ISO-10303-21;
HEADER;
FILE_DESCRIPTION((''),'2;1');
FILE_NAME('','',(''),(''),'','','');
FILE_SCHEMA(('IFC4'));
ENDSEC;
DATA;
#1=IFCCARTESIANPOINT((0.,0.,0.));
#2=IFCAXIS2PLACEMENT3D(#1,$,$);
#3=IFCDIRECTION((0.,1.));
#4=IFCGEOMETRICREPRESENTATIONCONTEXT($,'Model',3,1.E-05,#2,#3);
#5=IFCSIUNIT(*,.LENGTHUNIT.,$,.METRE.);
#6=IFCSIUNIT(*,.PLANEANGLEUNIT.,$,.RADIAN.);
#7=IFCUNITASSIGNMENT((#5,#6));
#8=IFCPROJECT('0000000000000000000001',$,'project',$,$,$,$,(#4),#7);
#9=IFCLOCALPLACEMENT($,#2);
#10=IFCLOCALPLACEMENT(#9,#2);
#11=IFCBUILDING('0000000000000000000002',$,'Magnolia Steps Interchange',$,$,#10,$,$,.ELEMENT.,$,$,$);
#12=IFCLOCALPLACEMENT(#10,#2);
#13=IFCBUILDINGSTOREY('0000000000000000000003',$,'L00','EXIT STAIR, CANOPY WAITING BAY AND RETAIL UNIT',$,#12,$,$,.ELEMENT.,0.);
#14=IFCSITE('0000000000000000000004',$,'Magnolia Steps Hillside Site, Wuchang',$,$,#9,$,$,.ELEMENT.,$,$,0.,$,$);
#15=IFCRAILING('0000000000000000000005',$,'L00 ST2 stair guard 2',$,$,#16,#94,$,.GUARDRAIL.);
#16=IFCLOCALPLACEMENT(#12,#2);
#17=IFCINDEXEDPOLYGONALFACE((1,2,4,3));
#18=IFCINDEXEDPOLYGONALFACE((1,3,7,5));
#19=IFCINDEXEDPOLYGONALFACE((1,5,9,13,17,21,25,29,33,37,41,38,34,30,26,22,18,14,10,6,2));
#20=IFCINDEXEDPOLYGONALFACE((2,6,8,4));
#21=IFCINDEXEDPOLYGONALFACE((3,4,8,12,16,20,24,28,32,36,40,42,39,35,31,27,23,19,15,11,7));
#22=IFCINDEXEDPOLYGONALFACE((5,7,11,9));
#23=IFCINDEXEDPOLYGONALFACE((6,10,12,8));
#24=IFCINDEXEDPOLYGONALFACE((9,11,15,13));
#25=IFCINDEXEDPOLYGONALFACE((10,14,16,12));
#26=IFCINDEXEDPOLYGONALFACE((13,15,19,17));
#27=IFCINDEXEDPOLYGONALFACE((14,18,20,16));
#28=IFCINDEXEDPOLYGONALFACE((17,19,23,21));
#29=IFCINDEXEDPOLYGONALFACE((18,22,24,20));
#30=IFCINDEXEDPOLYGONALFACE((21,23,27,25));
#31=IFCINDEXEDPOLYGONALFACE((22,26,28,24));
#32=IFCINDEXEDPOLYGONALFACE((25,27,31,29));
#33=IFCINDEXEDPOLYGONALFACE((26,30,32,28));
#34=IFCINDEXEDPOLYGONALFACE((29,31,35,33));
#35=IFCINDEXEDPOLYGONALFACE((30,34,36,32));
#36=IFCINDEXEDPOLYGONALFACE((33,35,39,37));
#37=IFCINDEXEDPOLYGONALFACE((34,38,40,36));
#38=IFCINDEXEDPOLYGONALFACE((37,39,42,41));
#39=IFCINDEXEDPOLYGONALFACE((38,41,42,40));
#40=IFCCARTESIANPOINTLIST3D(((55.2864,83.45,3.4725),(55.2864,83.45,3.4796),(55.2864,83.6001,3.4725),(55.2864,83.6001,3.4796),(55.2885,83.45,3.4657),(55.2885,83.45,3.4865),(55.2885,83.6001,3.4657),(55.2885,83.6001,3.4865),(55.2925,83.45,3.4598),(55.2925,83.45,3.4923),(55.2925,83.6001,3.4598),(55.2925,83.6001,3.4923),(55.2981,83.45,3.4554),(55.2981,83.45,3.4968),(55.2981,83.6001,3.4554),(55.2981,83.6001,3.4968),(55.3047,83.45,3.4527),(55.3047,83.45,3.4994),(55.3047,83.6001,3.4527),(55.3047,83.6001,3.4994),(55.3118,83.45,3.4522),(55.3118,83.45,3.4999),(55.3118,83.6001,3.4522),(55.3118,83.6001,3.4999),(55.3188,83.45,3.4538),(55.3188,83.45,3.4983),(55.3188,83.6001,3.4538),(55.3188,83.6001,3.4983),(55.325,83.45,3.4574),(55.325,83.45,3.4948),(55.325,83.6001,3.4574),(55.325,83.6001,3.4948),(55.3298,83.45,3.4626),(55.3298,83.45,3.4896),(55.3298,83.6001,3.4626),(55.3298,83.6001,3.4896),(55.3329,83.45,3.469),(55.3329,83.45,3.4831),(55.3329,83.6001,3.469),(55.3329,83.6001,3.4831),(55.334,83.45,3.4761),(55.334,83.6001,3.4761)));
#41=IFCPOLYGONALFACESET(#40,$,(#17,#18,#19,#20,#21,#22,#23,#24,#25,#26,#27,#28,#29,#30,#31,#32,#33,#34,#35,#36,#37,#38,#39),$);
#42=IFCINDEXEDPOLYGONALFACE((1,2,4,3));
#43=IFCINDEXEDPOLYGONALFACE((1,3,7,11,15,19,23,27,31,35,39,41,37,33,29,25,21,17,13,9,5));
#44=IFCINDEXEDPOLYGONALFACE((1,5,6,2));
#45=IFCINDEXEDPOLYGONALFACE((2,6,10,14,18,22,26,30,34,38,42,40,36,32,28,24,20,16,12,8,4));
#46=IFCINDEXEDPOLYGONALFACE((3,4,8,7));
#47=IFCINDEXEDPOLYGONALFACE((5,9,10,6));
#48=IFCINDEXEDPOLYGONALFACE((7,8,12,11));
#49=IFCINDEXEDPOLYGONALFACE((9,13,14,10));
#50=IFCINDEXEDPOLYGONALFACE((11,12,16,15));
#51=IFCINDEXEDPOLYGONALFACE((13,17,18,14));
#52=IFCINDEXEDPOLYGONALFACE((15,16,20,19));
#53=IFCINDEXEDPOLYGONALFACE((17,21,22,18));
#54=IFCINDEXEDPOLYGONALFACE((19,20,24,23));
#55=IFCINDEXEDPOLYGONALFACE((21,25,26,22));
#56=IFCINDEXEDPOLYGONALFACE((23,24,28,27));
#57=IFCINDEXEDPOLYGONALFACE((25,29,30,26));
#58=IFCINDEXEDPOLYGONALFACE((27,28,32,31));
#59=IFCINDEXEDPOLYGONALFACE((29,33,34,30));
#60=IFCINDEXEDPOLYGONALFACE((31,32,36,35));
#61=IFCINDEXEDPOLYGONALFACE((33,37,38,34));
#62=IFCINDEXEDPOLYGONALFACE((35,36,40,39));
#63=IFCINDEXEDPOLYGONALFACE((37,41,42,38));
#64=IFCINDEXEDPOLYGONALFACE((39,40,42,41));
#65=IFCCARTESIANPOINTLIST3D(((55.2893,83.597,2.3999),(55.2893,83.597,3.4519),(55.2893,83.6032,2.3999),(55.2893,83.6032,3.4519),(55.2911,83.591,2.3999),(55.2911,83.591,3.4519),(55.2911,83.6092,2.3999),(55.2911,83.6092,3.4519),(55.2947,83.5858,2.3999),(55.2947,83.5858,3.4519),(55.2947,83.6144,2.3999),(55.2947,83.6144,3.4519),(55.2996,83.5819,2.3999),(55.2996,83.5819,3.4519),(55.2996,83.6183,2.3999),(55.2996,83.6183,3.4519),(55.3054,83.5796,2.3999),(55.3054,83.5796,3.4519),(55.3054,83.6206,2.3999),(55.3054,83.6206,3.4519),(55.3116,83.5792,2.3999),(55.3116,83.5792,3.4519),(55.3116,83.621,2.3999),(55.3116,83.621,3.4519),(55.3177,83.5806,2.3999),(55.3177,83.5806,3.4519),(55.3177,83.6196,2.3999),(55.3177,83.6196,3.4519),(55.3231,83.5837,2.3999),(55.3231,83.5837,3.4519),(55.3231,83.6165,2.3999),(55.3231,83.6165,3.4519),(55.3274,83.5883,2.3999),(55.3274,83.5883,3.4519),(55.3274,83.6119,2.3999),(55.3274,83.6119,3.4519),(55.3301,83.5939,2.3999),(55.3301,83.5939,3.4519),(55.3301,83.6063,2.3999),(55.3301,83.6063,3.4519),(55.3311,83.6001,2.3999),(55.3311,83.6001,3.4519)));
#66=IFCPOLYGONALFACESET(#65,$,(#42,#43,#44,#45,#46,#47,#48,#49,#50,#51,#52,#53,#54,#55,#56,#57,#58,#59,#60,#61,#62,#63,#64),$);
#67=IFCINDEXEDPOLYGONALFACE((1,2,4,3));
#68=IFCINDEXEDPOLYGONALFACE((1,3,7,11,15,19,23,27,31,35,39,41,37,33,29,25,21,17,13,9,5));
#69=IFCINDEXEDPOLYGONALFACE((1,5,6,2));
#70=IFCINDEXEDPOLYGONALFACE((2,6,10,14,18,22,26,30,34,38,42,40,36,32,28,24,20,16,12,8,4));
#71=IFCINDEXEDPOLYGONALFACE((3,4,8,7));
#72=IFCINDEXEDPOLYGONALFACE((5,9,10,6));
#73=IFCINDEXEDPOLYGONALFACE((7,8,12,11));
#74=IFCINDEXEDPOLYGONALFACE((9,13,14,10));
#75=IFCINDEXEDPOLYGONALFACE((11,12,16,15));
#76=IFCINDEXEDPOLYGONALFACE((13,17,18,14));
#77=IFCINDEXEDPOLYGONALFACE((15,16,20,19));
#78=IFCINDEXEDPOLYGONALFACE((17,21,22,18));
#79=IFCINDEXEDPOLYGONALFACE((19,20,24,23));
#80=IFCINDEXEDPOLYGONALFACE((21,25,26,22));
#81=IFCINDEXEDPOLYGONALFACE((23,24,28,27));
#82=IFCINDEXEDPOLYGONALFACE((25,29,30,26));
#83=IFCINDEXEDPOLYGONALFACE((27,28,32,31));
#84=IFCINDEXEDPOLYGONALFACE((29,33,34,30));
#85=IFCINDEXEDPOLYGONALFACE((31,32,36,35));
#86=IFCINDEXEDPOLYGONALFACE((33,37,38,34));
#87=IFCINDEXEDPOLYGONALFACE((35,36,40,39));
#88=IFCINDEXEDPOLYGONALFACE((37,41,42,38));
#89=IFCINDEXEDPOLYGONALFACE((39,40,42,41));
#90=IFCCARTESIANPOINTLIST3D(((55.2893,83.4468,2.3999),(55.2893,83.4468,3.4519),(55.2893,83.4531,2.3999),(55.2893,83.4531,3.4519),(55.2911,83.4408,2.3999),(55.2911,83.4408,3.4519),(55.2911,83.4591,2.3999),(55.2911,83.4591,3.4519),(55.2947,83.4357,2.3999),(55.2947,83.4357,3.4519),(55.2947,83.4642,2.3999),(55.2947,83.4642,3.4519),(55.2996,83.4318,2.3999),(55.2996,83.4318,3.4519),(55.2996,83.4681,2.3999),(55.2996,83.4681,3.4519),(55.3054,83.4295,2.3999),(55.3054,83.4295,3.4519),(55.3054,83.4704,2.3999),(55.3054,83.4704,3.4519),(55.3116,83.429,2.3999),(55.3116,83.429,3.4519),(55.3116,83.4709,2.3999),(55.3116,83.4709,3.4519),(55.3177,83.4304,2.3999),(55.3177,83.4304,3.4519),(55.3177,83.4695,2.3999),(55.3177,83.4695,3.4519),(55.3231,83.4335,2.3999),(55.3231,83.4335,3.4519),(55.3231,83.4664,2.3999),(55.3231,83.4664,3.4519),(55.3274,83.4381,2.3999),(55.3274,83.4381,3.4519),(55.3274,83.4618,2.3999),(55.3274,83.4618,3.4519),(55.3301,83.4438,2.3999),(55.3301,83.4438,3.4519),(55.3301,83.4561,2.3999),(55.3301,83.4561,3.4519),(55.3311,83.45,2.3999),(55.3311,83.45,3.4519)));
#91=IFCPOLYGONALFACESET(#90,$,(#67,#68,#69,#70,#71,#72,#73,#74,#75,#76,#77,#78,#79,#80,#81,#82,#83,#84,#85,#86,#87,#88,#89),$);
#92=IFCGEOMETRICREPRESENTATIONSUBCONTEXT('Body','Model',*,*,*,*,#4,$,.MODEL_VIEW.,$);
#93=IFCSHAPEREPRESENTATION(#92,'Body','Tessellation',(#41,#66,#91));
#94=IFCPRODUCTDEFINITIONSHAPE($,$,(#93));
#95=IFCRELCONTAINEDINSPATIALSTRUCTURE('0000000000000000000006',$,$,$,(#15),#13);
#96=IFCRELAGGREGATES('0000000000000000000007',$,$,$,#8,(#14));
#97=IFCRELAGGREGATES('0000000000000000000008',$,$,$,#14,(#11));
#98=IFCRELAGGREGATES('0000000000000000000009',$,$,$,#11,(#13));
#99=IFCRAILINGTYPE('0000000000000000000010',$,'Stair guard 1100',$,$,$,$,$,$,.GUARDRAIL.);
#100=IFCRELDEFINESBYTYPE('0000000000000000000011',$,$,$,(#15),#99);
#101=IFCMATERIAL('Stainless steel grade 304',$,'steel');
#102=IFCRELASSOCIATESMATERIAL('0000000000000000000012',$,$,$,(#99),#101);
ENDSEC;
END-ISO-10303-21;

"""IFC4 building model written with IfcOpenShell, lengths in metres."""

from ifc_helpers import new_model, si_unit, direction, frame, origin, origin_2d, place, context, subcontext, project, spatial, circle, extrude, material, type_object, element, save


model = new_model("IFC4")

# Units and contexts
model_context = context("Model", 3, precision=1e-05, world=origin(), true_north=direction((0.0, 1.0)))
body_context = subcontext(model_context, "Body", "Model", "MODEL_VIEW")
ifc_project = project(units=[si_unit("LENGTHUNIT", "METRE"), si_unit("PLANEANGLEUNIT", "RADIAN")], contexts=[model_context])

# Site, building, storey
site_placement = place(None, origin())
site = spatial("IfcSite", under=ifc_project, at=site_placement, Name="Magnolia Steps Hillside Site, Wuchang", CompositionType="ELEMENT", RefElevation=0.0)
building_placement = place(site_placement, origin())
building = spatial("IfcBuilding", under=site, at=building_placement, Name="Magnolia Steps Interchange", CompositionType="ELEMENT")
storey_placement = place(building_placement, origin())
storey = spatial("IfcBuildingStorey", under=building, at=storey_placement, Name="L00", Description="EXIT STAIR, CANOPY WAITING BAY AND RETAIL UNIT", CompositionType="ELEMENT", Elevation=0.0)

# Railing
ifc_material_1 = material(Name="Stainless steel grade 304", Category="steel")
railing_type_1 = type_object("IfcRailingType", Name="Stair guard 1100", PredefinedType="GUARDRAIL", material=ifc_material_1)
railing_1_placement = place(storey_placement, frame((55.3101, 83.6001, 2.3999)))
element("IfcRailing", 1, at=railing_1_placement, inside=storey, type_object=railing_type_1, Name="L00 ST2 stair guard 2", PredefinedType="GUARDRAIL", context=body_context, shape_type="SweptSolid", body=[
    extrude(circle(Radius=0.0239, at=origin_2d()), frame((0.0, 0.0, 1.0762), z_axis=(0.0, -1.0, 0.0), x_axis=(1.0, 0.0, 0.0)), (0.0, 0.0, 1.0), 0.1501),
    extrude(circle(Radius=0.021, at=origin_2d()), origin(), (0.0, 0.0, 1.0), 1.052),
    extrude(circle(Radius=0.021, at=origin_2d()), frame((0.0, -0.1501, 0.0)), (0.0, 0.0, 1.0), 1.052),
])

save(model, "model.ifc")
